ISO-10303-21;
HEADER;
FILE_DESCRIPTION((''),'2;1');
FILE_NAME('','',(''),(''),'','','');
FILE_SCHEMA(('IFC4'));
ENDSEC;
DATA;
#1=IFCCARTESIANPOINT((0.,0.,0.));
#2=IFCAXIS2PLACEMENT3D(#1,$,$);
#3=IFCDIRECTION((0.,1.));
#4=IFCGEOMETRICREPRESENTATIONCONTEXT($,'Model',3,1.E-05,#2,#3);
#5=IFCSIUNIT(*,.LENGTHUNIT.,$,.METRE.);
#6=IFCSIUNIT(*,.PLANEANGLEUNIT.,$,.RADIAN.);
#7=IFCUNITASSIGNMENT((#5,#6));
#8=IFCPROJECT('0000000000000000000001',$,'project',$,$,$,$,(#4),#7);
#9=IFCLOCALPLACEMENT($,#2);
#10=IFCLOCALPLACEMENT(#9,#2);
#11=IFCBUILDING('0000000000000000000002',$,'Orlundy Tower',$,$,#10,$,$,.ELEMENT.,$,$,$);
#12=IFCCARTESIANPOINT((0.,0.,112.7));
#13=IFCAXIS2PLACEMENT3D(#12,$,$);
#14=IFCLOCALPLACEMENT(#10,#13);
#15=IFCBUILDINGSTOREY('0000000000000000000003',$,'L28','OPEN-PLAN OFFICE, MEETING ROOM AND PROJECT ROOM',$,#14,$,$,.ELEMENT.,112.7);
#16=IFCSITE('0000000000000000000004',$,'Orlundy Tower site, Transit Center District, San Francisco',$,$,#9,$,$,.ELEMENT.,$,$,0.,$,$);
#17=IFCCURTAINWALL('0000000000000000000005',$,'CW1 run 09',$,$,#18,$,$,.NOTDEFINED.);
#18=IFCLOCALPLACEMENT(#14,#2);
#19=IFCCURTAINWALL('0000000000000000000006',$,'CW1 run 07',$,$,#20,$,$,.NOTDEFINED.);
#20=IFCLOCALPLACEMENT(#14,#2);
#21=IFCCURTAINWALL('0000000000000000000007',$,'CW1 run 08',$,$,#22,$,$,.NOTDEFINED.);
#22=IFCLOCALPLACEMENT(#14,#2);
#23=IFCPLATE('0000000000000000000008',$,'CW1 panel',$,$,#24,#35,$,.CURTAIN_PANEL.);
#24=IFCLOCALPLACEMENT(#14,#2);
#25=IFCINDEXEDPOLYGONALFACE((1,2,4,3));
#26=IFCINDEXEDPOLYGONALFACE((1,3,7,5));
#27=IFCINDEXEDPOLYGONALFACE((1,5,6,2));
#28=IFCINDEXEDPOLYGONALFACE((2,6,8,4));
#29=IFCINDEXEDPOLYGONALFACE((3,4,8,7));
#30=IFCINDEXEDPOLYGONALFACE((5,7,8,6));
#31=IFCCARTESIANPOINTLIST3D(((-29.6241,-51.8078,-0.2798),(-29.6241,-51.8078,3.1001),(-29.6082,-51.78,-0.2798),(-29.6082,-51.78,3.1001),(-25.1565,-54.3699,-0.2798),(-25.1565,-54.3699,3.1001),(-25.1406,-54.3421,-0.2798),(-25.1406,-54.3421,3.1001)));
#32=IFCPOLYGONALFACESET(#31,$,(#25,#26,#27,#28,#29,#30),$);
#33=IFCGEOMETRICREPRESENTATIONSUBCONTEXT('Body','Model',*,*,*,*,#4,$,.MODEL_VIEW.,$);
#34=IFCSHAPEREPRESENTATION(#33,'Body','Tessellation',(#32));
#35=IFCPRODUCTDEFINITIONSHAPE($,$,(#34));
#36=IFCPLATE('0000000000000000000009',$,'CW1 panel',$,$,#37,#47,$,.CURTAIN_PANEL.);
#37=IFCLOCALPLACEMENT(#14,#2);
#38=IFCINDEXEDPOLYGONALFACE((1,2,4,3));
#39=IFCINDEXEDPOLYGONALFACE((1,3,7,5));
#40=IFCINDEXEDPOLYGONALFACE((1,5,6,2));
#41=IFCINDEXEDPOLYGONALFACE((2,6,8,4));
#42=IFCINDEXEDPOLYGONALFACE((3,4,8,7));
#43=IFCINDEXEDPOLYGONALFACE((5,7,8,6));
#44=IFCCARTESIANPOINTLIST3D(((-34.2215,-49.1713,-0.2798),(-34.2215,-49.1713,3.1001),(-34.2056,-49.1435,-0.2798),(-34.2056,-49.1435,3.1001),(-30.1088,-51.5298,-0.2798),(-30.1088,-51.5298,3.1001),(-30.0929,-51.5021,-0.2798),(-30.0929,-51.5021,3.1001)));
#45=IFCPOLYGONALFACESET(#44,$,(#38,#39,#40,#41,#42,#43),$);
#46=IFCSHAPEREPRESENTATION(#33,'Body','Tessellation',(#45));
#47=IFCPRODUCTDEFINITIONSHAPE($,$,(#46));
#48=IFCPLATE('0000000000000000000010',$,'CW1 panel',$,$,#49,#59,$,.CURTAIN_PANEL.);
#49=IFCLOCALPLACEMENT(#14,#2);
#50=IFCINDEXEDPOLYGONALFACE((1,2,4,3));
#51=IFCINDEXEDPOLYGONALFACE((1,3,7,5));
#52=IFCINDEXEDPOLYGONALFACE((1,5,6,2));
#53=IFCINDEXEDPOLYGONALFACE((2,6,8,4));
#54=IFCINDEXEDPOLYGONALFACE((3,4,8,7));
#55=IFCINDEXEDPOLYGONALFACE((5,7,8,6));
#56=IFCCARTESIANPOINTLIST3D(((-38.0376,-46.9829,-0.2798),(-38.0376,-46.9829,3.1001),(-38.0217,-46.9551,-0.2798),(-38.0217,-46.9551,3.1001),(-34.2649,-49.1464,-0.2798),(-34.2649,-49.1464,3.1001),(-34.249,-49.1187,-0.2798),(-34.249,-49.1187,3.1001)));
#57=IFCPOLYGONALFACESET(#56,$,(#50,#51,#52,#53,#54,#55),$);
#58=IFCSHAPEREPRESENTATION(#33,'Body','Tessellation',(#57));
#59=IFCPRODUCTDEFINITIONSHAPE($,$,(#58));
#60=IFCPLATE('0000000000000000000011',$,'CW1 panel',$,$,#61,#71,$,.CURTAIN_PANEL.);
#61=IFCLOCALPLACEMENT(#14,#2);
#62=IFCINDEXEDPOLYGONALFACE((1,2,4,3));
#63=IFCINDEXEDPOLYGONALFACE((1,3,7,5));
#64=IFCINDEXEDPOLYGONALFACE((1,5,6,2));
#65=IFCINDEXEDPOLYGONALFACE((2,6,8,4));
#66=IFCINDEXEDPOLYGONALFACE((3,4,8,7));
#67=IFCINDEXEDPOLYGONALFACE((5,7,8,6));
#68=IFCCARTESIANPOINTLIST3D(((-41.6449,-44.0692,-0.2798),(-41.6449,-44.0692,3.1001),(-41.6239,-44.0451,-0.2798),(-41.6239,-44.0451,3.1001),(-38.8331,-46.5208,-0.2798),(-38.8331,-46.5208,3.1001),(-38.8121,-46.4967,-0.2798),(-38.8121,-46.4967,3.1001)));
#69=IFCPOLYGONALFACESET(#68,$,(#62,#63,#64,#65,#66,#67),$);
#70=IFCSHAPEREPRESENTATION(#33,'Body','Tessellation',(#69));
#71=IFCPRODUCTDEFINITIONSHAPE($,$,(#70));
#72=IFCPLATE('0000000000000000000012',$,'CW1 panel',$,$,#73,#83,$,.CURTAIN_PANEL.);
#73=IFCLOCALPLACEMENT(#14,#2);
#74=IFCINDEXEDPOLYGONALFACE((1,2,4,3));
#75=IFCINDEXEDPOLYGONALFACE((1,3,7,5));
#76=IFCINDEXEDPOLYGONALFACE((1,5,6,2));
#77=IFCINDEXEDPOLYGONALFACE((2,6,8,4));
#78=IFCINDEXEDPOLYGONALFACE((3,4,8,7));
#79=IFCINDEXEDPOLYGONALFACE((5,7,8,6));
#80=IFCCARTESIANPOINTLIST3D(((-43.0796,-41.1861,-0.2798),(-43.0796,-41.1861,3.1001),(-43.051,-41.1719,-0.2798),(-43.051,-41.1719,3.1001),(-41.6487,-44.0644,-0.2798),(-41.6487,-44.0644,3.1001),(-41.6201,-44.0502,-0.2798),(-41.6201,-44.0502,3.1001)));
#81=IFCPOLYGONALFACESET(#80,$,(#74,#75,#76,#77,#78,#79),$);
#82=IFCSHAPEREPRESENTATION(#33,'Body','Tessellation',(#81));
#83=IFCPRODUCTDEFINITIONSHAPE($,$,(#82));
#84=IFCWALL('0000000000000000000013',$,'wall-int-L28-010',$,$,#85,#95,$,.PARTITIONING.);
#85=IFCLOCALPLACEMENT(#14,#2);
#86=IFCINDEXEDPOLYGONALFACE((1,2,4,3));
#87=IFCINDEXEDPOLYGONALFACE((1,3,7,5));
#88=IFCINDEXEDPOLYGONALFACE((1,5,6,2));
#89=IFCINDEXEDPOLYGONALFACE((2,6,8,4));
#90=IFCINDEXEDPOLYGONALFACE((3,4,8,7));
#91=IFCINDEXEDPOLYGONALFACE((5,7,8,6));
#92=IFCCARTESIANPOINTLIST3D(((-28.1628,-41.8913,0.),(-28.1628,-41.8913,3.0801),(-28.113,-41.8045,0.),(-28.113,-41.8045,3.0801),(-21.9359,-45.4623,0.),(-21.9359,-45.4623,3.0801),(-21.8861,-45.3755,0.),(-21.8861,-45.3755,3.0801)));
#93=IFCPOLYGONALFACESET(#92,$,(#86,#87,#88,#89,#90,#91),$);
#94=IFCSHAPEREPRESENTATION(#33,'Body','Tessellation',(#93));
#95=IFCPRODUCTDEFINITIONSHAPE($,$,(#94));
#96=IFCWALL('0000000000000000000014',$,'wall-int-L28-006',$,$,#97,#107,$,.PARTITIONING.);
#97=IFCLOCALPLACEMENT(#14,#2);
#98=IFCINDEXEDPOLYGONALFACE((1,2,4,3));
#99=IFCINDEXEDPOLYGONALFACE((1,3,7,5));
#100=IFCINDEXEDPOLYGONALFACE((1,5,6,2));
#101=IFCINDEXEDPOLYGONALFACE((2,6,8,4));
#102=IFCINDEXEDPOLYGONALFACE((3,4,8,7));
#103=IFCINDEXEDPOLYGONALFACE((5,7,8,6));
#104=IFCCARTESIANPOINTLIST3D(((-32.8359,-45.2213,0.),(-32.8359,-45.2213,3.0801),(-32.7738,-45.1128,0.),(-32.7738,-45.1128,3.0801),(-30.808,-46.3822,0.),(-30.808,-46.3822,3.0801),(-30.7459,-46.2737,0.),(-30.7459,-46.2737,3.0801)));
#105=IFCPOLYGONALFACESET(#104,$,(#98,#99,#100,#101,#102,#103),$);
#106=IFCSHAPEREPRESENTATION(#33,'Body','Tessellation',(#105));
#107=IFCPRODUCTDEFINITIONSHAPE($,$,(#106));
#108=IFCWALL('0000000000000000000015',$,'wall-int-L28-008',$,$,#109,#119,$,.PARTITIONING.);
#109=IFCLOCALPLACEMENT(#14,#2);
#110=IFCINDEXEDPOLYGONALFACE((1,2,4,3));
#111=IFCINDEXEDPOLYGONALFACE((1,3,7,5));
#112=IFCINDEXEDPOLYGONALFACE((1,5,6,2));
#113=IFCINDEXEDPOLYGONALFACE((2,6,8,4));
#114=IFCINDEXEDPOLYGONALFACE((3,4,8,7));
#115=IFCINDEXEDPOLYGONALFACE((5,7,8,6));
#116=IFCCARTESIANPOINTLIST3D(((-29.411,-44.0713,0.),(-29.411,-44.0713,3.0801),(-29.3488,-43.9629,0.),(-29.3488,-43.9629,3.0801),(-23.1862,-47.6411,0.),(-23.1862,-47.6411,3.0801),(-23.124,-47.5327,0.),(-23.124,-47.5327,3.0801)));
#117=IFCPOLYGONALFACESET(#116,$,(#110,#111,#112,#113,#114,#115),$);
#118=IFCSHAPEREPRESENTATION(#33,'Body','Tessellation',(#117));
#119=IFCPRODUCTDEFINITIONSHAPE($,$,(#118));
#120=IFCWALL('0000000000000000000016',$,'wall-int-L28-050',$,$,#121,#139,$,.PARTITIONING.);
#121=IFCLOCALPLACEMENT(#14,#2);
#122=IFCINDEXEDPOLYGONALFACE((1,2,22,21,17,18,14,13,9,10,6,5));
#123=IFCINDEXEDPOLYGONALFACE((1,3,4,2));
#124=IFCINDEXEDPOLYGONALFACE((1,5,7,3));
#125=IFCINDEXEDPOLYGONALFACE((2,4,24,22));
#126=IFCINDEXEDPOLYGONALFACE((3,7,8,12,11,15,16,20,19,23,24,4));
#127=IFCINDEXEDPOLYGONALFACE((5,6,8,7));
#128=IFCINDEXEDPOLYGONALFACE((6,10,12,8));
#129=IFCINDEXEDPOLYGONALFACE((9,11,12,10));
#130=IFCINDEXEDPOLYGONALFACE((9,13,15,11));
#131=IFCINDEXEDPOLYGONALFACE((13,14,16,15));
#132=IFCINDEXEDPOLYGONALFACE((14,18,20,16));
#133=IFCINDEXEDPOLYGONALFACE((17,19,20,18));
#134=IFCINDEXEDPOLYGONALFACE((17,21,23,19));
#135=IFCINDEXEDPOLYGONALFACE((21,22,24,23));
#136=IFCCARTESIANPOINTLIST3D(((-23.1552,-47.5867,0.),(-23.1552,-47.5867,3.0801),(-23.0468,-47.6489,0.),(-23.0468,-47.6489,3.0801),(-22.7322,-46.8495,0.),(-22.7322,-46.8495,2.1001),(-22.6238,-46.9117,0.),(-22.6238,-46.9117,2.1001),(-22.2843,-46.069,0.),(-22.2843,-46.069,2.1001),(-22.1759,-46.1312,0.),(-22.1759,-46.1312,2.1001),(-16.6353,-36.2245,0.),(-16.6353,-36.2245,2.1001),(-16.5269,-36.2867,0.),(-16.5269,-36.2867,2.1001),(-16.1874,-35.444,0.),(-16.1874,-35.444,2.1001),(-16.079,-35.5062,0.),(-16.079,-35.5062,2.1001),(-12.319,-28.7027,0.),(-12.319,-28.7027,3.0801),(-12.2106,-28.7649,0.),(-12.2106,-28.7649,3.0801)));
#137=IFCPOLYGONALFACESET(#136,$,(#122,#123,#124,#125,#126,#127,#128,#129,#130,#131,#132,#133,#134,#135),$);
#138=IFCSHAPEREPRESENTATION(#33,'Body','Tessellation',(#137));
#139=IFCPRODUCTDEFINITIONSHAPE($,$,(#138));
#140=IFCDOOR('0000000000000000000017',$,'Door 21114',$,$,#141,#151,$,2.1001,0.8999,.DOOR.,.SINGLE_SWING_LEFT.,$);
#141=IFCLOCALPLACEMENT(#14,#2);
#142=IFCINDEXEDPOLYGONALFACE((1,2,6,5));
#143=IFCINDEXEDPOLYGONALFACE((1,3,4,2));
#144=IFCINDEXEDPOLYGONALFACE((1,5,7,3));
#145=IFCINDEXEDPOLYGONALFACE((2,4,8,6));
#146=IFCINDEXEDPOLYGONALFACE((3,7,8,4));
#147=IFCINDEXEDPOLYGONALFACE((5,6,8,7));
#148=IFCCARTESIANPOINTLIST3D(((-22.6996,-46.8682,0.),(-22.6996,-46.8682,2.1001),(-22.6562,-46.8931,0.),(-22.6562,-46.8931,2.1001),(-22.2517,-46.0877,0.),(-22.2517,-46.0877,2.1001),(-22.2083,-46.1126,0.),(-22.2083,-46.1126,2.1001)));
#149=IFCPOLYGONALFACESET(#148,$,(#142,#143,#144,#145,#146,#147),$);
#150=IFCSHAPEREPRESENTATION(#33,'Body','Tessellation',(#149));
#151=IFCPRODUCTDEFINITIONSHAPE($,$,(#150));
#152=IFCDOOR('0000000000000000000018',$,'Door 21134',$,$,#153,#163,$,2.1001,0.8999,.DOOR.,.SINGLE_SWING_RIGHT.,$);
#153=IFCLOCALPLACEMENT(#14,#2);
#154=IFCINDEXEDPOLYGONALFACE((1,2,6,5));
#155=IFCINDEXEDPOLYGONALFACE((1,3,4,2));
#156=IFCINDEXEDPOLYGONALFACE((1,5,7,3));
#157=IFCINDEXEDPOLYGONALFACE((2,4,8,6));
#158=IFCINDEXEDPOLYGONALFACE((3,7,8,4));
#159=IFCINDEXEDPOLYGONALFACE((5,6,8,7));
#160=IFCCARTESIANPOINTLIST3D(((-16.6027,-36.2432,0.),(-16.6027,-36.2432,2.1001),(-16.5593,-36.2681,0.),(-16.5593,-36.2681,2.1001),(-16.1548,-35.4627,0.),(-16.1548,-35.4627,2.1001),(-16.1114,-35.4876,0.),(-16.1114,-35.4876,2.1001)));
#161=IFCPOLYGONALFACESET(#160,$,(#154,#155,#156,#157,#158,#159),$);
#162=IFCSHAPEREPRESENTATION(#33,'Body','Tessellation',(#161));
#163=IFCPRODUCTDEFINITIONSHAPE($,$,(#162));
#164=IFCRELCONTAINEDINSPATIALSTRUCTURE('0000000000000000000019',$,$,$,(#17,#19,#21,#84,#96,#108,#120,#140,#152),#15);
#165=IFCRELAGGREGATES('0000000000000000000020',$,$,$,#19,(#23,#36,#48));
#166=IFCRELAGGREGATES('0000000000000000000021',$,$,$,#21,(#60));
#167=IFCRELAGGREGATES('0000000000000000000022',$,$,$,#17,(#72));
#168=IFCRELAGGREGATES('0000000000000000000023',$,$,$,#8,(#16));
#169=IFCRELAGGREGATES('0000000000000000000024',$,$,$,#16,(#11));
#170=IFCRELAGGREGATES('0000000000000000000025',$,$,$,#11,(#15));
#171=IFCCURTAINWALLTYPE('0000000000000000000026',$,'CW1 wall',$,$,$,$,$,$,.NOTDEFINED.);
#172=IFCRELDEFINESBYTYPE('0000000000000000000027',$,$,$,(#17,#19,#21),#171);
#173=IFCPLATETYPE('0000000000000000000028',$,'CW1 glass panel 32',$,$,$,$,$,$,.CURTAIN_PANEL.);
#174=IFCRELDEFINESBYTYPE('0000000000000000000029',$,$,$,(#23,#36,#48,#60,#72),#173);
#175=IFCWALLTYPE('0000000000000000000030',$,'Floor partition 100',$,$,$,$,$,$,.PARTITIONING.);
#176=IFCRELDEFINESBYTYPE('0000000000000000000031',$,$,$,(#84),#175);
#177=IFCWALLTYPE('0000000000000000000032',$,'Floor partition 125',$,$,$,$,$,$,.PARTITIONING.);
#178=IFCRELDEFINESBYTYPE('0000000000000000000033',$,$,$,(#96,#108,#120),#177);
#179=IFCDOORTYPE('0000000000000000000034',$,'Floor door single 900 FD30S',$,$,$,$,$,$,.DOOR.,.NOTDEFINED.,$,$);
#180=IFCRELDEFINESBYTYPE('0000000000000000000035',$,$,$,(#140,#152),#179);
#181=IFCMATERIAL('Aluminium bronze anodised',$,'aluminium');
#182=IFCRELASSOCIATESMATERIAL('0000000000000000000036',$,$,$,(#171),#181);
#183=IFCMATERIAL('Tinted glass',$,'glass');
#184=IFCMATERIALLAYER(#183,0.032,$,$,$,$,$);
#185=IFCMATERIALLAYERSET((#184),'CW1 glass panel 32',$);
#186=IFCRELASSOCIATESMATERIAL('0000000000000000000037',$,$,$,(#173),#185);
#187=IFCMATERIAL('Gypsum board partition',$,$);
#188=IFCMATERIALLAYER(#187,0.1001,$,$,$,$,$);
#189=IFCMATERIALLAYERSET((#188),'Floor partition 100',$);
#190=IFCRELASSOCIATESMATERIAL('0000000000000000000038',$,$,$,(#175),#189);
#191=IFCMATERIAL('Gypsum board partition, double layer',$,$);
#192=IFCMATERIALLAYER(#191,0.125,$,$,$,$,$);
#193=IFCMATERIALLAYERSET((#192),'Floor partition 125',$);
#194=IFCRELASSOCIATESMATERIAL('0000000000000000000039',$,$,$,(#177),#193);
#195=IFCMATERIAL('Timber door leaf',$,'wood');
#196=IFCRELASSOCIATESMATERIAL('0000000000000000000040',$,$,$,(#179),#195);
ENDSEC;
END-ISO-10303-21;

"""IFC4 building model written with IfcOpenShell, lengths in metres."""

from ifc_helpers import new_model, si_unit, direction, frame, frame_2d, origin, origin_2d, place, context, subcontext, project, spatial, rectangle, extrude, material, layer, layer_set, type_object, element, fill, aggregate, save


model = new_model("IFC4")

# Units and contexts
model_context = context("Model", 3, precision=1e-05, world=origin(), true_north=direction((0.0, 1.0)))
body_context = subcontext(model_context, "Body", "Model", "MODEL_VIEW")
ifc_project = project(units=[si_unit("LENGTHUNIT", "METRE"), si_unit("PLANEANGLEUNIT", "RADIAN")], contexts=[model_context])

# Site, building, storey
site_placement = place(None, origin())
site = spatial("IfcSite", under=ifc_project, at=site_placement, Name="Orlundy Tower site, Transit Center District, San Francisco", CompositionType="ELEMENT", RefElevation=0.0)
building_placement = place(site_placement, origin())
building = spatial("IfcBuilding", under=site, at=building_placement, Name="Orlundy Tower", CompositionType="ELEMENT")
storey_placement = place(building_placement, frame((0.0, 0.0, 112.7)))
storey = spatial("IfcBuildingStorey", under=building, at=storey_placement, Name="L28", Description="OPEN-PLAN OFFICE, MEETING ROOM AND PROJECT ROOM", CompositionType="ELEMENT", Elevation=112.7)

# Curtain wall
ifc_material_1 = material(Name="Aluminium bronze anodised", Category="aluminium")
curtain_wall_type = type_object("IfcCurtainWallType", Name="CW1 wall", PredefinedType="NOTDEFINED", material=ifc_material_1)
curtain_wall_1_placement = place(storey_placement, origin())
curtain_wall_1 = element("IfcCurtainWall", 1, at=curtain_wall_1_placement, inside=storey, type_object=curtain_wall_type, Name="CW1 run 09", PredefinedType="NOTDEFINED")

# Curtain wall
curtain_wall_2_placement = place(storey_placement, origin())
curtain_wall_2 = element("IfcCurtainWall", 2, at=curtain_wall_2_placement, inside=storey, type_object=curtain_wall_type, Name="CW1 run 07", PredefinedType="NOTDEFINED")

# Curtain wall
curtain_wall_3_placement = place(storey_placement, origin())
curtain_wall_3 = element("IfcCurtainWall", 3, at=curtain_wall_3_placement, inside=storey, type_object=curtain_wall_type, Name="CW1 run 08", PredefinedType="NOTDEFINED")

# Plates
ifc_material_2 = material(Name="Tinted glass", Category="glass")
ifc_layer_1 = layer(ifc_material_2, 0.032)
ifc_layer_set_1 = layer_set([ifc_layer_1], Name="CW1 glass panel 32")
plate_type = type_object("IfcPlateType", Name="CW1 glass panel 32", PredefinedType="CURTAIN_PANEL", material=ifc_layer_set_1)
plate_1_placement = place(storey_placement, frame((-27.3823, -53.075, -0.2798), z_axis=(0.0, 0.0, 1.0), x_axis=(-0.867477, 0.497477, 0.0)))
plate_1 = element("IfcPlate", 4, at=plate_1_placement, type_object=plate_type, Name="CW1 panel", PredefinedType="CURTAIN_PANEL", context=body_context, shape_type="SweptSolid", body=[
    extrude(rectangle(XDim=5.1501, YDim=0.032, at=origin_2d()), origin(), (0.0, 0.0, 1.0), 3.3799),
])
plate_2_placement = place(storey_placement, frame((-32.1572, -50.3367, -0.2798), z_axis=(0.0, 0.0, 1.0), x_axis=(-0.867477, 0.497477, 0.0)))
plate_2 = element("IfcPlate", 5, at=plate_2_placement, type_object=plate_type, Name="CW1 panel", PredefinedType="CURTAIN_PANEL", context=body_context, shape_type="SweptSolid", body=[
    extrude(rectangle(XDim=4.741, YDim=0.032, at=origin_2d()), origin(), (0.0, 0.0, 1.0), 3.3799),
])
plate_3_placement = place(storey_placement, frame((-36.1433, -48.0508, -0.2798), z_axis=(0.0, 0.0, 1.0), x_axis=(-0.867477, 0.497477, 0.0)))
plate_3 = element("IfcPlate", 6, at=plate_3_placement, type_object=plate_type, Name="CW1 panel", PredefinedType="CURTAIN_PANEL", context=body_context, shape_type="SweptSolid", body=[
    extrude(rectangle(XDim=4.3491, YDim=0.032, at=origin_2d()), origin(), (0.0, 0.0, 1.0), 3.3799),
])
aggregate(curtain_wall_2, [plate_1, plate_2, plate_3])
plate_4_placement = place(storey_placement, frame((-40.2285, -45.283, -0.2798), z_axis=(0.0, 0.0, 1.0), x_axis=(-0.753745, 0.657167, 0.0)))
plate_4 = element("IfcPlate", 7, at=plate_4_placement, type_object=plate_type, Name="CW1 panel", PredefinedType="CURTAIN_PANEL", context=body_context, shape_type="SweptSolid", body=[
    extrude(rectangle(XDim=3.7305, YDim=0.032, at=origin_2d()), origin(), (0.0, 0.0, 1.0), 3.3799),
])
aggregate(curtain_wall_3, [plate_4])
plate_5_placement = place(storey_placement, frame((-42.3499, -42.6182, -0.2798), z_axis=(0.0, 0.0, 1.0), x_axis=(-0.445162, 0.89545, 0.0)))
plate_5 = element("IfcPlate", 8, at=plate_5_placement, type_object=plate_type, Name="CW1 panel", PredefinedType="CURTAIN_PANEL", context=body_context, shape_type="SweptSolid", body=[
    extrude(rectangle(XDim=3.2144, YDim=0.032, at=origin_2d()), origin(), (0.0, 0.0, 1.0), 3.3799),
])
aggregate(curtain_wall_1, [plate_5])

# Walls
ifc_material_3 = material(Name="Gypsum board partition")
ifc_layer_2 = layer(ifc_material_3, 0.1001)
ifc_layer_set_2 = layer_set([ifc_layer_2], Name="Floor partition 100")
wall_type_1 = type_object("IfcWallType", Name="Floor partition 100", PredefinedType="PARTITIONING", material=ifc_layer_set_2)
wall_1_placement = place(storey_placement, frame((-28.1379, -41.8479, 0.0), z_axis=(0.0, 0.0, 1.0), x_axis=(0.867478, -0.497475, 0.0)))
element("IfcWall", 9, at=wall_1_placement, inside=storey, type_object=wall_type_1, Name="wall-int-L28-010", PredefinedType="PARTITIONING", context=body_context, shape_type="SweptSolid", body=[
    extrude(rectangle(XDim=7.1782, YDim=0.1001, at=frame_2d((3.5891, 0.0))), origin(), (0.0, 0.0, 1.0), 3.0801),
])
ifc_material_4 = material(Name="Gypsum board partition, double layer")
ifc_layer_3 = layer(ifc_material_4, 0.125)
ifc_layer_set_3 = layer_set([ifc_layer_3], Name="Floor partition 125")
wall_type_2 = type_object("IfcWallType", Name="Floor partition 125", PredefinedType="PARTITIONING", material=ifc_layer_set_3)
wall_2_placement = place(storey_placement, frame((-32.8049, -45.167, 0.0), z_axis=(0.0, 0.0, 1.0), x_axis=(0.867851, -0.496825, 0.0)))
element("IfcWall", 10, at=wall_2_placement, inside=storey, type_object=wall_type_2, Name="wall-int-L28-006", PredefinedType="PARTITIONING", context=body_context, shape_type="SweptSolid", body=[
    extrude(rectangle(XDim=2.3367, YDim=0.125, at=frame_2d((1.1685, 0.0))), origin(), (0.0, 0.0, 1.0), 3.0801),
])
wall_3_placement = place(storey_placement, frame((-29.3799, -44.0171, 0.0), z_axis=(0.0, 0.0, 1.0), x_axis=(0.867476, -0.497479, 0.0)))
element("IfcWall", 11, at=wall_3_placement, inside=storey, type_object=wall_type_2, Name="wall-int-L28-008", PredefinedType="PARTITIONING", context=body_context, shape_type="SweptSolid", body=[
    extrude(rectangle(XDim=7.1758, YDim=0.125, at=frame_2d((3.5879, 0.0))), origin(), (0.0, 0.0, 1.0), 3.0801),
])

# Wall, openings, doors
wall_4_placement = place(storey_placement, frame((-23.1011, -47.6179, 0.0), z_axis=(0.0, 0.0, 1.0), x_axis=(0.497707, 0.867345, 0.0)))
wall_4 = element("IfcWall", 12, at=wall_4_placement, inside=storey, type_object=wall_type_2, Name="wall-int-L28-050", PredefinedType="PARTITIONING", context=body_context, shape_type="SweptSolid", body=[
    extrude(rectangle(XDim=21.7722, YDim=0.125, at=frame_2d((10.8862, 0.0))), origin(), (0.0, 0.0, 1.0), 3.0801),
])
opening_1_placement = place(wall_4_placement, frame((0.8501, 0.0, 0.0)))
opening_1 = element("IfcOpeningElement", 13, at=opening_1_placement, cuts=wall_4, PredefinedType="OPENING", context=body_context, shape_type="SweptSolid", body=[
    extrude(rectangle(XDim=0.8999, YDim=2.1001, at=frame_2d((0.45, 1.05))), frame((0.0, 0.0725, 0.0), z_axis=(0.0, -1.0, 0.0), x_axis=(1.0, 0.0, 0.0)), (0.0, 0.0, 1.0), 0.145),
])
opening_2_placement = place(wall_4_placement, frame((13.1001, 0.0, 0.0)))
opening_2 = element("IfcOpeningElement", 14, at=opening_2_placement, cuts=wall_4, PredefinedType="OPENING", context=body_context, shape_type="SweptSolid", body=[
    extrude(rectangle(XDim=0.8999, YDim=2.1001, at=frame_2d((0.45, 1.05))), frame((0.0, 0.0725, 0.0), z_axis=(0.0, -1.0, 0.0), x_axis=(1.0, 0.0, 0.0)), (0.0, 0.0, 1.0), 0.145),
])
ifc_material_5 = material(Name="Timber door leaf", Category="wood")
door_type_1 = type_object("IfcDoorType", Name="Floor door single 900 FD30S", OperationType="NOTDEFINED", PredefinedType="DOOR", material=ifc_material_5)
door_1_placement = place(opening_1_placement, origin())
door_1 = element("IfcDoor", 15, at=door_1_placement, inside=storey, type_object=door_type_1, Name="Door 21114", OperationType="SINGLE_SWING_LEFT", OverallHeight=2.1001, OverallWidth=0.8999, PredefinedType="DOOR", context=body_context, shape_type="SweptSolid", body=[
    extrude(rectangle(XDim=0.8999, YDim=2.1001, at=frame_2d((0.45, 1.05))), frame((0.0, 0.0249, 0.0), z_axis=(0.0, -1.0, 0.0), x_axis=(1.0, 0.0, 0.0)), (0.0, 0.0, 1.0), 0.05),
])
fill(opening_1, door_1)
door_2_placement = place(opening_2_placement, origin())
door_2 = element("IfcDoor", 16, at=door_2_placement, inside=storey, type_object=door_type_1, Name="Door 21134", OperationType="SINGLE_SWING_RIGHT", OverallHeight=2.1001, OverallWidth=0.8999, PredefinedType="DOOR", context=body_context, shape_type="SweptSolid", body=[
    extrude(rectangle(XDim=0.8999, YDim=2.1001, at=frame_2d((0.45, 1.05))), frame((0.0, 0.0249, 0.0), z_axis=(0.0, -1.0, 0.0), x_axis=(1.0, 0.0, 0.0)), (0.0, 0.0, 1.0), 0.05),
])
fill(opening_2, door_2)

save(model, "model.ifc")
